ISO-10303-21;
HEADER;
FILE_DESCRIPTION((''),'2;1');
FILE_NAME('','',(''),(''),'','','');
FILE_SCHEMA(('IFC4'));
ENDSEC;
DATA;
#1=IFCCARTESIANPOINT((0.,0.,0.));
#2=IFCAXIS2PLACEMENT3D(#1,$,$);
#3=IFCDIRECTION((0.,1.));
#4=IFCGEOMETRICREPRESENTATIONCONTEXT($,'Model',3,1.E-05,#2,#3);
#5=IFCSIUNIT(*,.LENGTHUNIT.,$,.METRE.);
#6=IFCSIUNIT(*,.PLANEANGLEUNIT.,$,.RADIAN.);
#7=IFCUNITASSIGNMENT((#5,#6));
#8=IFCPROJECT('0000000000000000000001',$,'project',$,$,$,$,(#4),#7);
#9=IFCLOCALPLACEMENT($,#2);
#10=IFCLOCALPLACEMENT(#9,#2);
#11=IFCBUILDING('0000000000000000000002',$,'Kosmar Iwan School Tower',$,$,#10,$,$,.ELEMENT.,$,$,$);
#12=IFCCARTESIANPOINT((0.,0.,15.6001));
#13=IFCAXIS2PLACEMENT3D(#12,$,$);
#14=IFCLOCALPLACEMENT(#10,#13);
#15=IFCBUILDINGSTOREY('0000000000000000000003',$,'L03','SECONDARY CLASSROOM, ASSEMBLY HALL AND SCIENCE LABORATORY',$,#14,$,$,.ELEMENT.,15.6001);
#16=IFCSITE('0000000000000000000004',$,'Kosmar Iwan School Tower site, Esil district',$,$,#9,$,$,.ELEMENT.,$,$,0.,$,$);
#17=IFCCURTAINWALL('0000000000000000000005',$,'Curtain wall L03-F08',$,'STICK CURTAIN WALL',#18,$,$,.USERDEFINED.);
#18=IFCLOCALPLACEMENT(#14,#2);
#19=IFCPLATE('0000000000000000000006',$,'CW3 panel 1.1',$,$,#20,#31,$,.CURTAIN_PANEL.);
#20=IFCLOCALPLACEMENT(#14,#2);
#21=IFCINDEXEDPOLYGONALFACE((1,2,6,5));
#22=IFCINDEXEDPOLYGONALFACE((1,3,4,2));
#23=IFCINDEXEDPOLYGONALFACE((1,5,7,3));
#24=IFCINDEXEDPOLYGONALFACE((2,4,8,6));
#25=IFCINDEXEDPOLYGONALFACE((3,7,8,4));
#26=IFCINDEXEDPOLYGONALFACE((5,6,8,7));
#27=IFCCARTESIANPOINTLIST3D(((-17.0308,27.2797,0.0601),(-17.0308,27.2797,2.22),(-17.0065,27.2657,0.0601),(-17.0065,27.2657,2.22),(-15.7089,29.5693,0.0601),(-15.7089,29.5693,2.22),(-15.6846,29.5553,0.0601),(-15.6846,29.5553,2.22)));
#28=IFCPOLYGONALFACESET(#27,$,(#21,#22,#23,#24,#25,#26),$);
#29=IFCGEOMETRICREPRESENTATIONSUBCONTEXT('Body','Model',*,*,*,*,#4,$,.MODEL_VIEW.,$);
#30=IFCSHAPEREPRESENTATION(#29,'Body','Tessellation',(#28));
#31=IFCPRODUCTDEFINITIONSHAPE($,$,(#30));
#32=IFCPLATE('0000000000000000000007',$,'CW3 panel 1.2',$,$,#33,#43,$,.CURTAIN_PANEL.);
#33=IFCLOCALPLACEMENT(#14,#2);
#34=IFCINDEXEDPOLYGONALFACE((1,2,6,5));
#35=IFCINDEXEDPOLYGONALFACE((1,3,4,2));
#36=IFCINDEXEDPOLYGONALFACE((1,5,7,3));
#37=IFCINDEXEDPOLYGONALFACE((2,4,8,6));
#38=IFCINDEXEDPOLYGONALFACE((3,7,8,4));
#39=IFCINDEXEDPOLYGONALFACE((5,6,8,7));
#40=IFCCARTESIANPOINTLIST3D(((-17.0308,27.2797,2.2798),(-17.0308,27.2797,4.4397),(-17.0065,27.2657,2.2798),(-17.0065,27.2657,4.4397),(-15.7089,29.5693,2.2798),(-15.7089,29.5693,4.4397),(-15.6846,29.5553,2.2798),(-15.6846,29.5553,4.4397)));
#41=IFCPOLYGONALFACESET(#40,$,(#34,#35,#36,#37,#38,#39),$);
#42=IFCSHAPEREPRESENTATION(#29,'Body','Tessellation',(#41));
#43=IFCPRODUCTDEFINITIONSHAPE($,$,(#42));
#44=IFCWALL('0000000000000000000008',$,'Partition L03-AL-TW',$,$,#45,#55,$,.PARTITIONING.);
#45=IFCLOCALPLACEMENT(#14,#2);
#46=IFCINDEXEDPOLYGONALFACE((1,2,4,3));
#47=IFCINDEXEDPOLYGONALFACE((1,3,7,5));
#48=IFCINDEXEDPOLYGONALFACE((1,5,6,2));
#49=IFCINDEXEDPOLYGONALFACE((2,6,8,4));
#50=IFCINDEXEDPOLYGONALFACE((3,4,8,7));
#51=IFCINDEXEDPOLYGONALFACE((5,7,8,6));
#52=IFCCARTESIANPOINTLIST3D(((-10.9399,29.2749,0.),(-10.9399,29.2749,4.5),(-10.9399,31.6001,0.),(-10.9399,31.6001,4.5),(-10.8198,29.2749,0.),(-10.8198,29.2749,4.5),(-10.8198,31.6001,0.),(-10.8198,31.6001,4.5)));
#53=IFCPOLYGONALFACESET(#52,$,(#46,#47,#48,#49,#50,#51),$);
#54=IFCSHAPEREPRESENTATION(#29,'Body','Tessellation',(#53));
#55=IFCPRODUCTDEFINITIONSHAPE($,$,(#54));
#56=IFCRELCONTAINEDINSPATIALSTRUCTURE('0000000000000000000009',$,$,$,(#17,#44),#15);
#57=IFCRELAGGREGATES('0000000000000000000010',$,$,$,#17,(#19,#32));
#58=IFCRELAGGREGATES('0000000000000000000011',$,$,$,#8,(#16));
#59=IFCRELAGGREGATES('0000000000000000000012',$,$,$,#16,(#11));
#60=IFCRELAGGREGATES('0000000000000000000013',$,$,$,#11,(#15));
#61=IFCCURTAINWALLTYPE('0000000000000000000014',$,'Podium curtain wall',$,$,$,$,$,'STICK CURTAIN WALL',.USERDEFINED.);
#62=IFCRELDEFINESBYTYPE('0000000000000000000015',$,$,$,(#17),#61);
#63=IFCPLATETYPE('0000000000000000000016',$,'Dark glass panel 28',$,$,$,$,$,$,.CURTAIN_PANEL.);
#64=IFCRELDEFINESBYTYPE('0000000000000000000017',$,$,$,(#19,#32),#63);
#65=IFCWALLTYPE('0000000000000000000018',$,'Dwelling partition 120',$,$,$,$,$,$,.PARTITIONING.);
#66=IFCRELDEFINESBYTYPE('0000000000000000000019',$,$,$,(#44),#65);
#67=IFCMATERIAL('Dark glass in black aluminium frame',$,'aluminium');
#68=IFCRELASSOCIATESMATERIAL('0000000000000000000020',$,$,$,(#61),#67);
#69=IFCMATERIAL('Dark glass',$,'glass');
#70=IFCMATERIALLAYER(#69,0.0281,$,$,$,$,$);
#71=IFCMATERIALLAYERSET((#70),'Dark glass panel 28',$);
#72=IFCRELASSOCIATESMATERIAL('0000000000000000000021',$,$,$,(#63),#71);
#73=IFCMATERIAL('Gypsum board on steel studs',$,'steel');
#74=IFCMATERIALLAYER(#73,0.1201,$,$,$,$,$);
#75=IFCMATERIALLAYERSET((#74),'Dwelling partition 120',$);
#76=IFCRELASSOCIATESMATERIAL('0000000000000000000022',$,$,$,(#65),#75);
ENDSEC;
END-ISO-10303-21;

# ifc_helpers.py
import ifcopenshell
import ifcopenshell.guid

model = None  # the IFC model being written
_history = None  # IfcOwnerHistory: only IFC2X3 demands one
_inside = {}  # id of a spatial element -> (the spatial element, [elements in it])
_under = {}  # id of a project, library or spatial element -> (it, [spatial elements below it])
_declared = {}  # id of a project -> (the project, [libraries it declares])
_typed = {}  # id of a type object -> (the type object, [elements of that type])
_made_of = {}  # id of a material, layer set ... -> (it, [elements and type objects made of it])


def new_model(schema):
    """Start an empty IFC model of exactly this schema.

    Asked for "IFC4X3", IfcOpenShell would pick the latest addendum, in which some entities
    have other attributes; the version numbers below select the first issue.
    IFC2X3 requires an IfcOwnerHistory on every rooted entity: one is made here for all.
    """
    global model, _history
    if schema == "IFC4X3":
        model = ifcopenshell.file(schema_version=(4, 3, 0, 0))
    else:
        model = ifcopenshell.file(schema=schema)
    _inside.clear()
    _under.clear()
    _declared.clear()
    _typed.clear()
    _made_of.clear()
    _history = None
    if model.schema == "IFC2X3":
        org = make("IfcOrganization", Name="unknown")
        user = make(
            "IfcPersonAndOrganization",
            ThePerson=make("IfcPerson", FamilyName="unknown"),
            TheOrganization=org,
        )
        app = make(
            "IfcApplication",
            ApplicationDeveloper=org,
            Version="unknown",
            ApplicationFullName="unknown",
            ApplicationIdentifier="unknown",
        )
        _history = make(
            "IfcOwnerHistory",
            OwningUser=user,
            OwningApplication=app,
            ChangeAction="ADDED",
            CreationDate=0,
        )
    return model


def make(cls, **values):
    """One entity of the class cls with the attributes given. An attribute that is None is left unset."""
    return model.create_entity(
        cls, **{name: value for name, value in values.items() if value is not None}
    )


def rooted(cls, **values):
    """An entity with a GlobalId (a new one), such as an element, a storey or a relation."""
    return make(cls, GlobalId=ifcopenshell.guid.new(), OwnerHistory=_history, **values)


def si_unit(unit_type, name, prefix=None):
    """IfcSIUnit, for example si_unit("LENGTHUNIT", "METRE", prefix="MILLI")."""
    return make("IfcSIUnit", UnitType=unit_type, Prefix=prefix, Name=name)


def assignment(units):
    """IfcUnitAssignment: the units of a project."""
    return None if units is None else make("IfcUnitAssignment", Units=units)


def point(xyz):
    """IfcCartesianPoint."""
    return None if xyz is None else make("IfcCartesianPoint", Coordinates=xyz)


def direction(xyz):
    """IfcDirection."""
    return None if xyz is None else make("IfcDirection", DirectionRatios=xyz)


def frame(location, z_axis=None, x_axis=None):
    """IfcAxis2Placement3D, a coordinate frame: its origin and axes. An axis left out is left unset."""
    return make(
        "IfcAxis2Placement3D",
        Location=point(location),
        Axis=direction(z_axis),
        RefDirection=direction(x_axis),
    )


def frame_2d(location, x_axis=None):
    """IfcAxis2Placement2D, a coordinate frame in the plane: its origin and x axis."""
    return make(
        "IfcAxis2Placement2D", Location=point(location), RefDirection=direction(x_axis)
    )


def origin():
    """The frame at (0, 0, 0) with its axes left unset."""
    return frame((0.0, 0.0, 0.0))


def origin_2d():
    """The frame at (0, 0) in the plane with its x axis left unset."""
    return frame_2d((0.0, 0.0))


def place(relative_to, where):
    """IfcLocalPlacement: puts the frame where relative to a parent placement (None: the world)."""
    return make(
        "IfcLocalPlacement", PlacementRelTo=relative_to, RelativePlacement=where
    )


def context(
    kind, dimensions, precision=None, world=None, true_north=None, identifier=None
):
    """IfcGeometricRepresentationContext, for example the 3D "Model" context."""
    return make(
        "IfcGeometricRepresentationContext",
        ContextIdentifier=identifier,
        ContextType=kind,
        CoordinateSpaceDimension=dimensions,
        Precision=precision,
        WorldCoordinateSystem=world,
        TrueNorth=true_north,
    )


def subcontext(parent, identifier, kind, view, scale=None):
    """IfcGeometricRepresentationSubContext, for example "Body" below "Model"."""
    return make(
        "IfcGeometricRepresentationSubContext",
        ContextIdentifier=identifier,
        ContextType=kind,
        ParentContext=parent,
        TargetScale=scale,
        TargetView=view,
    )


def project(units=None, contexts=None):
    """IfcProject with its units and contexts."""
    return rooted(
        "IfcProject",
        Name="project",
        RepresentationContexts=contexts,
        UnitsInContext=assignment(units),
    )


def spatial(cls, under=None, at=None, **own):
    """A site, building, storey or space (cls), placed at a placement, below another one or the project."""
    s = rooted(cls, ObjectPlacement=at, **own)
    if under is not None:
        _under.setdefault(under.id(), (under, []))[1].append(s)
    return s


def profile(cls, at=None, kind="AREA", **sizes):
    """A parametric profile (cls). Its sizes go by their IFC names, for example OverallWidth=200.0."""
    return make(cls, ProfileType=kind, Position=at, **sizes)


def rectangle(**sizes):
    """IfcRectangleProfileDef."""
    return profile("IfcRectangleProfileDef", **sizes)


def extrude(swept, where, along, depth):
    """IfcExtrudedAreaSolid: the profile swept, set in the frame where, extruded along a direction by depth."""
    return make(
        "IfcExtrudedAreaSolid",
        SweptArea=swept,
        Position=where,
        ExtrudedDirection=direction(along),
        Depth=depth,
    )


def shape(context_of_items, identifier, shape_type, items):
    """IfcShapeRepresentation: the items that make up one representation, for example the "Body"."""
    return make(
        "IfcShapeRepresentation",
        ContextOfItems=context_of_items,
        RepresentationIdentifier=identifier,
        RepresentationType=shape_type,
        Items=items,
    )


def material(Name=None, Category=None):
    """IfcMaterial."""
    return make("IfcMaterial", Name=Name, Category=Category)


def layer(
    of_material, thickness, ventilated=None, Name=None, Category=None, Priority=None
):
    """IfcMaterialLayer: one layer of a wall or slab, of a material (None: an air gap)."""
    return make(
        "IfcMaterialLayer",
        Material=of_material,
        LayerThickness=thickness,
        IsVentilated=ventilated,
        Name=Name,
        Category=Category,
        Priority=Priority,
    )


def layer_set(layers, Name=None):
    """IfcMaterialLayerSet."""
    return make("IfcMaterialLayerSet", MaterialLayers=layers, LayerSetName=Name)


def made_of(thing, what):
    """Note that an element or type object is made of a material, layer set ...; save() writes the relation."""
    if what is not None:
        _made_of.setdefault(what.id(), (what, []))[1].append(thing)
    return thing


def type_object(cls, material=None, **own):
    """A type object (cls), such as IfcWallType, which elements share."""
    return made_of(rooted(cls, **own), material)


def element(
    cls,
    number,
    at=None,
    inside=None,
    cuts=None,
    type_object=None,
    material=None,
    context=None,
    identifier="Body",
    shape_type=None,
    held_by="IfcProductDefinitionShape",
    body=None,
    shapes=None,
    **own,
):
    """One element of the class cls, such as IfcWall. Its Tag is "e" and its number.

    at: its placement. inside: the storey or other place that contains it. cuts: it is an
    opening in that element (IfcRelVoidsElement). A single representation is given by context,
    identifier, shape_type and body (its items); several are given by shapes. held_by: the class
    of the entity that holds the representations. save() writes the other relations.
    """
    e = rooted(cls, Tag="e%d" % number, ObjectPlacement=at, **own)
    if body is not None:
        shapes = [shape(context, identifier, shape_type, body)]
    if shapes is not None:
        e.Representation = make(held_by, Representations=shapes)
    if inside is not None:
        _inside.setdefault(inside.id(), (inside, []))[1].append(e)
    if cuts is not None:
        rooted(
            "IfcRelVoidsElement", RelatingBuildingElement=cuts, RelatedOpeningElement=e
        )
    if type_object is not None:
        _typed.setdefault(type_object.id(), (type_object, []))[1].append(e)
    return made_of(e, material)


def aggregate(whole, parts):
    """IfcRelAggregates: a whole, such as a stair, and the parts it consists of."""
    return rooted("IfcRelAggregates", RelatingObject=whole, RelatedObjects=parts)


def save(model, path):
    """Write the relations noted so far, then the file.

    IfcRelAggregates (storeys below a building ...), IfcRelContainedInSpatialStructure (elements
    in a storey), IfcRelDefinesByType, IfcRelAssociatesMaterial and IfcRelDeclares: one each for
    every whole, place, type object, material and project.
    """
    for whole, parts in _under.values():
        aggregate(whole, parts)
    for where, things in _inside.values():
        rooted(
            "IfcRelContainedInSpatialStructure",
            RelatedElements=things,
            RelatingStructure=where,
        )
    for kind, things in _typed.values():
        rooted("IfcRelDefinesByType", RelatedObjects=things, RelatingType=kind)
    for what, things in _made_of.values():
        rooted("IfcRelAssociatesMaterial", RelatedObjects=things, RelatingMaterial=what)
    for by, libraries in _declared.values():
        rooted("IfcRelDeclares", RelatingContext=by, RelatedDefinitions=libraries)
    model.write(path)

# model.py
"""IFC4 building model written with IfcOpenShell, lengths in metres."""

from ifc_helpers import new_model, si_unit, direction, frame, frame_2d, origin, origin_2d, place, context, subcontext, project, spatial, rectangle, extrude, material, layer, layer_set, type_object, element, aggregate, save


model = new_model("IFC4")

# Units and contexts
model_context = context("Model", 3, precision=1e-05, world=origin(), true_north=direction((0.0, 1.0)))
body_context = subcontext(model_context, "Body", "Model", "MODEL_VIEW")
ifc_project = project(units=[si_unit("LENGTHUNIT", "METRE"), si_unit("PLANEANGLEUNIT", "RADIAN")], contexts=[model_context])

# Site, building, storey
site_placement = place(None, origin())
site = spatial("IfcSite", under=ifc_project, at=site_placement, Name="Kosmar Iwan School Tower site, Esil district", CompositionType="ELEMENT", RefElevation=0.0)
building_placement = place(site_placement, origin())
building = spatial("IfcBuilding", under=site, at=building_placement, Name="Kosmar Iwan School Tower", CompositionType="ELEMENT")
storey_placement = place(building_placement, frame((0.0, 0.0, 15.6001)))
storey = spatial("IfcBuildingStorey", under=building, at=storey_placement, Name="L03", Description="SECONDARY CLASSROOM, ASSEMBLY HALL AND SCIENCE LABORATORY", CompositionType="ELEMENT", Elevation=15.6001)

# Curtain wall
ifc_material_1 = material(Name="Dark glass in black aluminium frame", Category="aluminium")
curtain_wall_type = type_object("IfcCurtainWallType", Name="Podium curtain wall", ElementType="STICK CURTAIN WALL", PredefinedType="USERDEFINED", material=ifc_material_1)
curtain_wall_1_placement = place(storey_placement, origin())
curtain_wall_1 = element("IfcCurtainWall", 1, at=curtain_wall_1_placement, inside=storey, type_object=curtain_wall_type, Name="Curtain wall L03-F08", ObjectType="STICK CURTAIN WALL", PredefinedType="USERDEFINED")

# Plates
ifc_material_2 = material(Name="Dark glass", Category="glass")
ifc_layer_1 = layer(ifc_material_2, 0.0281)
ifc_layer_set_1 = layer_set([ifc_layer_1], Name="Dark glass panel 28")
plate_type = type_object("IfcPlateType", Name="Dark glass panel 28", PredefinedType="CURTAIN_PANEL", material=ifc_layer_set_1)
plate_1_placement = place(storey_placement, frame((-16.3577, 28.4175, 0.0601), z_axis=(0.0, 0.0, 1.0), x_axis=(-0.5, -0.866025, 0.0)))
plate_1 = element("IfcPlate", 2, at=plate_1_placement, type_object=plate_type, Name="CW3 panel 1.1", PredefinedType="CURTAIN_PANEL", context=body_context, shape_type="SweptSolid", body=[
    extrude(rectangle(XDim=2.6438, YDim=0.0281, at=origin_2d()), origin(), (0.0, 0.0, 1.0), 2.1599),
])
plate_2_placement = place(storey_placement, frame((-16.3577, 28.4175, 2.2798), z_axis=(0.0, 0.0, 1.0), x_axis=(-0.5, -0.866025, 0.0)))
plate_2 = element("IfcPlate", 3, at=plate_2_placement, type_object=plate_type, Name="CW3 panel 1.2", PredefinedType="CURTAIN_PANEL", context=body_context, shape_type="SweptSolid", body=[
    extrude(rectangle(XDim=2.6438, YDim=0.0281, at=origin_2d()), origin(), (0.0, 0.0, 1.0), 2.1599),
])
aggregate(curtain_wall_1, [plate_1, plate_2])

# Wall
ifc_material_3 = material(Name="Gypsum board on steel studs", Category="steel")
ifc_layer_2 = layer(ifc_material_3, 0.1201)
ifc_layer_set_2 = layer_set([ifc_layer_2], Name="Dwelling partition 120")
wall_type = type_object("IfcWallType", Name="Dwelling partition 120", PredefinedType="PARTITIONING", material=ifc_layer_set_2)
wall_placement = place(storey_placement, frame((-10.8799, 29.2749, 0.0), z_axis=(0.0, 0.0, 1.0), x_axis=(0.0, 1.0, 0.0)))
element("IfcWall", 4, at=wall_placement, inside=storey, type_object=wall_type, Name="Partition L03-AL-TW", PredefinedType="PARTITIONING", context=body_context, shape_type="SweptSolid", body=[
    extrude(rectangle(XDim=2.3252, YDim=0.1201, at=frame_2d((1.1626, 0.0))), origin(), (0.0, 0.0, 1.0), 4.5),
])

save(model, "model.ifc")
